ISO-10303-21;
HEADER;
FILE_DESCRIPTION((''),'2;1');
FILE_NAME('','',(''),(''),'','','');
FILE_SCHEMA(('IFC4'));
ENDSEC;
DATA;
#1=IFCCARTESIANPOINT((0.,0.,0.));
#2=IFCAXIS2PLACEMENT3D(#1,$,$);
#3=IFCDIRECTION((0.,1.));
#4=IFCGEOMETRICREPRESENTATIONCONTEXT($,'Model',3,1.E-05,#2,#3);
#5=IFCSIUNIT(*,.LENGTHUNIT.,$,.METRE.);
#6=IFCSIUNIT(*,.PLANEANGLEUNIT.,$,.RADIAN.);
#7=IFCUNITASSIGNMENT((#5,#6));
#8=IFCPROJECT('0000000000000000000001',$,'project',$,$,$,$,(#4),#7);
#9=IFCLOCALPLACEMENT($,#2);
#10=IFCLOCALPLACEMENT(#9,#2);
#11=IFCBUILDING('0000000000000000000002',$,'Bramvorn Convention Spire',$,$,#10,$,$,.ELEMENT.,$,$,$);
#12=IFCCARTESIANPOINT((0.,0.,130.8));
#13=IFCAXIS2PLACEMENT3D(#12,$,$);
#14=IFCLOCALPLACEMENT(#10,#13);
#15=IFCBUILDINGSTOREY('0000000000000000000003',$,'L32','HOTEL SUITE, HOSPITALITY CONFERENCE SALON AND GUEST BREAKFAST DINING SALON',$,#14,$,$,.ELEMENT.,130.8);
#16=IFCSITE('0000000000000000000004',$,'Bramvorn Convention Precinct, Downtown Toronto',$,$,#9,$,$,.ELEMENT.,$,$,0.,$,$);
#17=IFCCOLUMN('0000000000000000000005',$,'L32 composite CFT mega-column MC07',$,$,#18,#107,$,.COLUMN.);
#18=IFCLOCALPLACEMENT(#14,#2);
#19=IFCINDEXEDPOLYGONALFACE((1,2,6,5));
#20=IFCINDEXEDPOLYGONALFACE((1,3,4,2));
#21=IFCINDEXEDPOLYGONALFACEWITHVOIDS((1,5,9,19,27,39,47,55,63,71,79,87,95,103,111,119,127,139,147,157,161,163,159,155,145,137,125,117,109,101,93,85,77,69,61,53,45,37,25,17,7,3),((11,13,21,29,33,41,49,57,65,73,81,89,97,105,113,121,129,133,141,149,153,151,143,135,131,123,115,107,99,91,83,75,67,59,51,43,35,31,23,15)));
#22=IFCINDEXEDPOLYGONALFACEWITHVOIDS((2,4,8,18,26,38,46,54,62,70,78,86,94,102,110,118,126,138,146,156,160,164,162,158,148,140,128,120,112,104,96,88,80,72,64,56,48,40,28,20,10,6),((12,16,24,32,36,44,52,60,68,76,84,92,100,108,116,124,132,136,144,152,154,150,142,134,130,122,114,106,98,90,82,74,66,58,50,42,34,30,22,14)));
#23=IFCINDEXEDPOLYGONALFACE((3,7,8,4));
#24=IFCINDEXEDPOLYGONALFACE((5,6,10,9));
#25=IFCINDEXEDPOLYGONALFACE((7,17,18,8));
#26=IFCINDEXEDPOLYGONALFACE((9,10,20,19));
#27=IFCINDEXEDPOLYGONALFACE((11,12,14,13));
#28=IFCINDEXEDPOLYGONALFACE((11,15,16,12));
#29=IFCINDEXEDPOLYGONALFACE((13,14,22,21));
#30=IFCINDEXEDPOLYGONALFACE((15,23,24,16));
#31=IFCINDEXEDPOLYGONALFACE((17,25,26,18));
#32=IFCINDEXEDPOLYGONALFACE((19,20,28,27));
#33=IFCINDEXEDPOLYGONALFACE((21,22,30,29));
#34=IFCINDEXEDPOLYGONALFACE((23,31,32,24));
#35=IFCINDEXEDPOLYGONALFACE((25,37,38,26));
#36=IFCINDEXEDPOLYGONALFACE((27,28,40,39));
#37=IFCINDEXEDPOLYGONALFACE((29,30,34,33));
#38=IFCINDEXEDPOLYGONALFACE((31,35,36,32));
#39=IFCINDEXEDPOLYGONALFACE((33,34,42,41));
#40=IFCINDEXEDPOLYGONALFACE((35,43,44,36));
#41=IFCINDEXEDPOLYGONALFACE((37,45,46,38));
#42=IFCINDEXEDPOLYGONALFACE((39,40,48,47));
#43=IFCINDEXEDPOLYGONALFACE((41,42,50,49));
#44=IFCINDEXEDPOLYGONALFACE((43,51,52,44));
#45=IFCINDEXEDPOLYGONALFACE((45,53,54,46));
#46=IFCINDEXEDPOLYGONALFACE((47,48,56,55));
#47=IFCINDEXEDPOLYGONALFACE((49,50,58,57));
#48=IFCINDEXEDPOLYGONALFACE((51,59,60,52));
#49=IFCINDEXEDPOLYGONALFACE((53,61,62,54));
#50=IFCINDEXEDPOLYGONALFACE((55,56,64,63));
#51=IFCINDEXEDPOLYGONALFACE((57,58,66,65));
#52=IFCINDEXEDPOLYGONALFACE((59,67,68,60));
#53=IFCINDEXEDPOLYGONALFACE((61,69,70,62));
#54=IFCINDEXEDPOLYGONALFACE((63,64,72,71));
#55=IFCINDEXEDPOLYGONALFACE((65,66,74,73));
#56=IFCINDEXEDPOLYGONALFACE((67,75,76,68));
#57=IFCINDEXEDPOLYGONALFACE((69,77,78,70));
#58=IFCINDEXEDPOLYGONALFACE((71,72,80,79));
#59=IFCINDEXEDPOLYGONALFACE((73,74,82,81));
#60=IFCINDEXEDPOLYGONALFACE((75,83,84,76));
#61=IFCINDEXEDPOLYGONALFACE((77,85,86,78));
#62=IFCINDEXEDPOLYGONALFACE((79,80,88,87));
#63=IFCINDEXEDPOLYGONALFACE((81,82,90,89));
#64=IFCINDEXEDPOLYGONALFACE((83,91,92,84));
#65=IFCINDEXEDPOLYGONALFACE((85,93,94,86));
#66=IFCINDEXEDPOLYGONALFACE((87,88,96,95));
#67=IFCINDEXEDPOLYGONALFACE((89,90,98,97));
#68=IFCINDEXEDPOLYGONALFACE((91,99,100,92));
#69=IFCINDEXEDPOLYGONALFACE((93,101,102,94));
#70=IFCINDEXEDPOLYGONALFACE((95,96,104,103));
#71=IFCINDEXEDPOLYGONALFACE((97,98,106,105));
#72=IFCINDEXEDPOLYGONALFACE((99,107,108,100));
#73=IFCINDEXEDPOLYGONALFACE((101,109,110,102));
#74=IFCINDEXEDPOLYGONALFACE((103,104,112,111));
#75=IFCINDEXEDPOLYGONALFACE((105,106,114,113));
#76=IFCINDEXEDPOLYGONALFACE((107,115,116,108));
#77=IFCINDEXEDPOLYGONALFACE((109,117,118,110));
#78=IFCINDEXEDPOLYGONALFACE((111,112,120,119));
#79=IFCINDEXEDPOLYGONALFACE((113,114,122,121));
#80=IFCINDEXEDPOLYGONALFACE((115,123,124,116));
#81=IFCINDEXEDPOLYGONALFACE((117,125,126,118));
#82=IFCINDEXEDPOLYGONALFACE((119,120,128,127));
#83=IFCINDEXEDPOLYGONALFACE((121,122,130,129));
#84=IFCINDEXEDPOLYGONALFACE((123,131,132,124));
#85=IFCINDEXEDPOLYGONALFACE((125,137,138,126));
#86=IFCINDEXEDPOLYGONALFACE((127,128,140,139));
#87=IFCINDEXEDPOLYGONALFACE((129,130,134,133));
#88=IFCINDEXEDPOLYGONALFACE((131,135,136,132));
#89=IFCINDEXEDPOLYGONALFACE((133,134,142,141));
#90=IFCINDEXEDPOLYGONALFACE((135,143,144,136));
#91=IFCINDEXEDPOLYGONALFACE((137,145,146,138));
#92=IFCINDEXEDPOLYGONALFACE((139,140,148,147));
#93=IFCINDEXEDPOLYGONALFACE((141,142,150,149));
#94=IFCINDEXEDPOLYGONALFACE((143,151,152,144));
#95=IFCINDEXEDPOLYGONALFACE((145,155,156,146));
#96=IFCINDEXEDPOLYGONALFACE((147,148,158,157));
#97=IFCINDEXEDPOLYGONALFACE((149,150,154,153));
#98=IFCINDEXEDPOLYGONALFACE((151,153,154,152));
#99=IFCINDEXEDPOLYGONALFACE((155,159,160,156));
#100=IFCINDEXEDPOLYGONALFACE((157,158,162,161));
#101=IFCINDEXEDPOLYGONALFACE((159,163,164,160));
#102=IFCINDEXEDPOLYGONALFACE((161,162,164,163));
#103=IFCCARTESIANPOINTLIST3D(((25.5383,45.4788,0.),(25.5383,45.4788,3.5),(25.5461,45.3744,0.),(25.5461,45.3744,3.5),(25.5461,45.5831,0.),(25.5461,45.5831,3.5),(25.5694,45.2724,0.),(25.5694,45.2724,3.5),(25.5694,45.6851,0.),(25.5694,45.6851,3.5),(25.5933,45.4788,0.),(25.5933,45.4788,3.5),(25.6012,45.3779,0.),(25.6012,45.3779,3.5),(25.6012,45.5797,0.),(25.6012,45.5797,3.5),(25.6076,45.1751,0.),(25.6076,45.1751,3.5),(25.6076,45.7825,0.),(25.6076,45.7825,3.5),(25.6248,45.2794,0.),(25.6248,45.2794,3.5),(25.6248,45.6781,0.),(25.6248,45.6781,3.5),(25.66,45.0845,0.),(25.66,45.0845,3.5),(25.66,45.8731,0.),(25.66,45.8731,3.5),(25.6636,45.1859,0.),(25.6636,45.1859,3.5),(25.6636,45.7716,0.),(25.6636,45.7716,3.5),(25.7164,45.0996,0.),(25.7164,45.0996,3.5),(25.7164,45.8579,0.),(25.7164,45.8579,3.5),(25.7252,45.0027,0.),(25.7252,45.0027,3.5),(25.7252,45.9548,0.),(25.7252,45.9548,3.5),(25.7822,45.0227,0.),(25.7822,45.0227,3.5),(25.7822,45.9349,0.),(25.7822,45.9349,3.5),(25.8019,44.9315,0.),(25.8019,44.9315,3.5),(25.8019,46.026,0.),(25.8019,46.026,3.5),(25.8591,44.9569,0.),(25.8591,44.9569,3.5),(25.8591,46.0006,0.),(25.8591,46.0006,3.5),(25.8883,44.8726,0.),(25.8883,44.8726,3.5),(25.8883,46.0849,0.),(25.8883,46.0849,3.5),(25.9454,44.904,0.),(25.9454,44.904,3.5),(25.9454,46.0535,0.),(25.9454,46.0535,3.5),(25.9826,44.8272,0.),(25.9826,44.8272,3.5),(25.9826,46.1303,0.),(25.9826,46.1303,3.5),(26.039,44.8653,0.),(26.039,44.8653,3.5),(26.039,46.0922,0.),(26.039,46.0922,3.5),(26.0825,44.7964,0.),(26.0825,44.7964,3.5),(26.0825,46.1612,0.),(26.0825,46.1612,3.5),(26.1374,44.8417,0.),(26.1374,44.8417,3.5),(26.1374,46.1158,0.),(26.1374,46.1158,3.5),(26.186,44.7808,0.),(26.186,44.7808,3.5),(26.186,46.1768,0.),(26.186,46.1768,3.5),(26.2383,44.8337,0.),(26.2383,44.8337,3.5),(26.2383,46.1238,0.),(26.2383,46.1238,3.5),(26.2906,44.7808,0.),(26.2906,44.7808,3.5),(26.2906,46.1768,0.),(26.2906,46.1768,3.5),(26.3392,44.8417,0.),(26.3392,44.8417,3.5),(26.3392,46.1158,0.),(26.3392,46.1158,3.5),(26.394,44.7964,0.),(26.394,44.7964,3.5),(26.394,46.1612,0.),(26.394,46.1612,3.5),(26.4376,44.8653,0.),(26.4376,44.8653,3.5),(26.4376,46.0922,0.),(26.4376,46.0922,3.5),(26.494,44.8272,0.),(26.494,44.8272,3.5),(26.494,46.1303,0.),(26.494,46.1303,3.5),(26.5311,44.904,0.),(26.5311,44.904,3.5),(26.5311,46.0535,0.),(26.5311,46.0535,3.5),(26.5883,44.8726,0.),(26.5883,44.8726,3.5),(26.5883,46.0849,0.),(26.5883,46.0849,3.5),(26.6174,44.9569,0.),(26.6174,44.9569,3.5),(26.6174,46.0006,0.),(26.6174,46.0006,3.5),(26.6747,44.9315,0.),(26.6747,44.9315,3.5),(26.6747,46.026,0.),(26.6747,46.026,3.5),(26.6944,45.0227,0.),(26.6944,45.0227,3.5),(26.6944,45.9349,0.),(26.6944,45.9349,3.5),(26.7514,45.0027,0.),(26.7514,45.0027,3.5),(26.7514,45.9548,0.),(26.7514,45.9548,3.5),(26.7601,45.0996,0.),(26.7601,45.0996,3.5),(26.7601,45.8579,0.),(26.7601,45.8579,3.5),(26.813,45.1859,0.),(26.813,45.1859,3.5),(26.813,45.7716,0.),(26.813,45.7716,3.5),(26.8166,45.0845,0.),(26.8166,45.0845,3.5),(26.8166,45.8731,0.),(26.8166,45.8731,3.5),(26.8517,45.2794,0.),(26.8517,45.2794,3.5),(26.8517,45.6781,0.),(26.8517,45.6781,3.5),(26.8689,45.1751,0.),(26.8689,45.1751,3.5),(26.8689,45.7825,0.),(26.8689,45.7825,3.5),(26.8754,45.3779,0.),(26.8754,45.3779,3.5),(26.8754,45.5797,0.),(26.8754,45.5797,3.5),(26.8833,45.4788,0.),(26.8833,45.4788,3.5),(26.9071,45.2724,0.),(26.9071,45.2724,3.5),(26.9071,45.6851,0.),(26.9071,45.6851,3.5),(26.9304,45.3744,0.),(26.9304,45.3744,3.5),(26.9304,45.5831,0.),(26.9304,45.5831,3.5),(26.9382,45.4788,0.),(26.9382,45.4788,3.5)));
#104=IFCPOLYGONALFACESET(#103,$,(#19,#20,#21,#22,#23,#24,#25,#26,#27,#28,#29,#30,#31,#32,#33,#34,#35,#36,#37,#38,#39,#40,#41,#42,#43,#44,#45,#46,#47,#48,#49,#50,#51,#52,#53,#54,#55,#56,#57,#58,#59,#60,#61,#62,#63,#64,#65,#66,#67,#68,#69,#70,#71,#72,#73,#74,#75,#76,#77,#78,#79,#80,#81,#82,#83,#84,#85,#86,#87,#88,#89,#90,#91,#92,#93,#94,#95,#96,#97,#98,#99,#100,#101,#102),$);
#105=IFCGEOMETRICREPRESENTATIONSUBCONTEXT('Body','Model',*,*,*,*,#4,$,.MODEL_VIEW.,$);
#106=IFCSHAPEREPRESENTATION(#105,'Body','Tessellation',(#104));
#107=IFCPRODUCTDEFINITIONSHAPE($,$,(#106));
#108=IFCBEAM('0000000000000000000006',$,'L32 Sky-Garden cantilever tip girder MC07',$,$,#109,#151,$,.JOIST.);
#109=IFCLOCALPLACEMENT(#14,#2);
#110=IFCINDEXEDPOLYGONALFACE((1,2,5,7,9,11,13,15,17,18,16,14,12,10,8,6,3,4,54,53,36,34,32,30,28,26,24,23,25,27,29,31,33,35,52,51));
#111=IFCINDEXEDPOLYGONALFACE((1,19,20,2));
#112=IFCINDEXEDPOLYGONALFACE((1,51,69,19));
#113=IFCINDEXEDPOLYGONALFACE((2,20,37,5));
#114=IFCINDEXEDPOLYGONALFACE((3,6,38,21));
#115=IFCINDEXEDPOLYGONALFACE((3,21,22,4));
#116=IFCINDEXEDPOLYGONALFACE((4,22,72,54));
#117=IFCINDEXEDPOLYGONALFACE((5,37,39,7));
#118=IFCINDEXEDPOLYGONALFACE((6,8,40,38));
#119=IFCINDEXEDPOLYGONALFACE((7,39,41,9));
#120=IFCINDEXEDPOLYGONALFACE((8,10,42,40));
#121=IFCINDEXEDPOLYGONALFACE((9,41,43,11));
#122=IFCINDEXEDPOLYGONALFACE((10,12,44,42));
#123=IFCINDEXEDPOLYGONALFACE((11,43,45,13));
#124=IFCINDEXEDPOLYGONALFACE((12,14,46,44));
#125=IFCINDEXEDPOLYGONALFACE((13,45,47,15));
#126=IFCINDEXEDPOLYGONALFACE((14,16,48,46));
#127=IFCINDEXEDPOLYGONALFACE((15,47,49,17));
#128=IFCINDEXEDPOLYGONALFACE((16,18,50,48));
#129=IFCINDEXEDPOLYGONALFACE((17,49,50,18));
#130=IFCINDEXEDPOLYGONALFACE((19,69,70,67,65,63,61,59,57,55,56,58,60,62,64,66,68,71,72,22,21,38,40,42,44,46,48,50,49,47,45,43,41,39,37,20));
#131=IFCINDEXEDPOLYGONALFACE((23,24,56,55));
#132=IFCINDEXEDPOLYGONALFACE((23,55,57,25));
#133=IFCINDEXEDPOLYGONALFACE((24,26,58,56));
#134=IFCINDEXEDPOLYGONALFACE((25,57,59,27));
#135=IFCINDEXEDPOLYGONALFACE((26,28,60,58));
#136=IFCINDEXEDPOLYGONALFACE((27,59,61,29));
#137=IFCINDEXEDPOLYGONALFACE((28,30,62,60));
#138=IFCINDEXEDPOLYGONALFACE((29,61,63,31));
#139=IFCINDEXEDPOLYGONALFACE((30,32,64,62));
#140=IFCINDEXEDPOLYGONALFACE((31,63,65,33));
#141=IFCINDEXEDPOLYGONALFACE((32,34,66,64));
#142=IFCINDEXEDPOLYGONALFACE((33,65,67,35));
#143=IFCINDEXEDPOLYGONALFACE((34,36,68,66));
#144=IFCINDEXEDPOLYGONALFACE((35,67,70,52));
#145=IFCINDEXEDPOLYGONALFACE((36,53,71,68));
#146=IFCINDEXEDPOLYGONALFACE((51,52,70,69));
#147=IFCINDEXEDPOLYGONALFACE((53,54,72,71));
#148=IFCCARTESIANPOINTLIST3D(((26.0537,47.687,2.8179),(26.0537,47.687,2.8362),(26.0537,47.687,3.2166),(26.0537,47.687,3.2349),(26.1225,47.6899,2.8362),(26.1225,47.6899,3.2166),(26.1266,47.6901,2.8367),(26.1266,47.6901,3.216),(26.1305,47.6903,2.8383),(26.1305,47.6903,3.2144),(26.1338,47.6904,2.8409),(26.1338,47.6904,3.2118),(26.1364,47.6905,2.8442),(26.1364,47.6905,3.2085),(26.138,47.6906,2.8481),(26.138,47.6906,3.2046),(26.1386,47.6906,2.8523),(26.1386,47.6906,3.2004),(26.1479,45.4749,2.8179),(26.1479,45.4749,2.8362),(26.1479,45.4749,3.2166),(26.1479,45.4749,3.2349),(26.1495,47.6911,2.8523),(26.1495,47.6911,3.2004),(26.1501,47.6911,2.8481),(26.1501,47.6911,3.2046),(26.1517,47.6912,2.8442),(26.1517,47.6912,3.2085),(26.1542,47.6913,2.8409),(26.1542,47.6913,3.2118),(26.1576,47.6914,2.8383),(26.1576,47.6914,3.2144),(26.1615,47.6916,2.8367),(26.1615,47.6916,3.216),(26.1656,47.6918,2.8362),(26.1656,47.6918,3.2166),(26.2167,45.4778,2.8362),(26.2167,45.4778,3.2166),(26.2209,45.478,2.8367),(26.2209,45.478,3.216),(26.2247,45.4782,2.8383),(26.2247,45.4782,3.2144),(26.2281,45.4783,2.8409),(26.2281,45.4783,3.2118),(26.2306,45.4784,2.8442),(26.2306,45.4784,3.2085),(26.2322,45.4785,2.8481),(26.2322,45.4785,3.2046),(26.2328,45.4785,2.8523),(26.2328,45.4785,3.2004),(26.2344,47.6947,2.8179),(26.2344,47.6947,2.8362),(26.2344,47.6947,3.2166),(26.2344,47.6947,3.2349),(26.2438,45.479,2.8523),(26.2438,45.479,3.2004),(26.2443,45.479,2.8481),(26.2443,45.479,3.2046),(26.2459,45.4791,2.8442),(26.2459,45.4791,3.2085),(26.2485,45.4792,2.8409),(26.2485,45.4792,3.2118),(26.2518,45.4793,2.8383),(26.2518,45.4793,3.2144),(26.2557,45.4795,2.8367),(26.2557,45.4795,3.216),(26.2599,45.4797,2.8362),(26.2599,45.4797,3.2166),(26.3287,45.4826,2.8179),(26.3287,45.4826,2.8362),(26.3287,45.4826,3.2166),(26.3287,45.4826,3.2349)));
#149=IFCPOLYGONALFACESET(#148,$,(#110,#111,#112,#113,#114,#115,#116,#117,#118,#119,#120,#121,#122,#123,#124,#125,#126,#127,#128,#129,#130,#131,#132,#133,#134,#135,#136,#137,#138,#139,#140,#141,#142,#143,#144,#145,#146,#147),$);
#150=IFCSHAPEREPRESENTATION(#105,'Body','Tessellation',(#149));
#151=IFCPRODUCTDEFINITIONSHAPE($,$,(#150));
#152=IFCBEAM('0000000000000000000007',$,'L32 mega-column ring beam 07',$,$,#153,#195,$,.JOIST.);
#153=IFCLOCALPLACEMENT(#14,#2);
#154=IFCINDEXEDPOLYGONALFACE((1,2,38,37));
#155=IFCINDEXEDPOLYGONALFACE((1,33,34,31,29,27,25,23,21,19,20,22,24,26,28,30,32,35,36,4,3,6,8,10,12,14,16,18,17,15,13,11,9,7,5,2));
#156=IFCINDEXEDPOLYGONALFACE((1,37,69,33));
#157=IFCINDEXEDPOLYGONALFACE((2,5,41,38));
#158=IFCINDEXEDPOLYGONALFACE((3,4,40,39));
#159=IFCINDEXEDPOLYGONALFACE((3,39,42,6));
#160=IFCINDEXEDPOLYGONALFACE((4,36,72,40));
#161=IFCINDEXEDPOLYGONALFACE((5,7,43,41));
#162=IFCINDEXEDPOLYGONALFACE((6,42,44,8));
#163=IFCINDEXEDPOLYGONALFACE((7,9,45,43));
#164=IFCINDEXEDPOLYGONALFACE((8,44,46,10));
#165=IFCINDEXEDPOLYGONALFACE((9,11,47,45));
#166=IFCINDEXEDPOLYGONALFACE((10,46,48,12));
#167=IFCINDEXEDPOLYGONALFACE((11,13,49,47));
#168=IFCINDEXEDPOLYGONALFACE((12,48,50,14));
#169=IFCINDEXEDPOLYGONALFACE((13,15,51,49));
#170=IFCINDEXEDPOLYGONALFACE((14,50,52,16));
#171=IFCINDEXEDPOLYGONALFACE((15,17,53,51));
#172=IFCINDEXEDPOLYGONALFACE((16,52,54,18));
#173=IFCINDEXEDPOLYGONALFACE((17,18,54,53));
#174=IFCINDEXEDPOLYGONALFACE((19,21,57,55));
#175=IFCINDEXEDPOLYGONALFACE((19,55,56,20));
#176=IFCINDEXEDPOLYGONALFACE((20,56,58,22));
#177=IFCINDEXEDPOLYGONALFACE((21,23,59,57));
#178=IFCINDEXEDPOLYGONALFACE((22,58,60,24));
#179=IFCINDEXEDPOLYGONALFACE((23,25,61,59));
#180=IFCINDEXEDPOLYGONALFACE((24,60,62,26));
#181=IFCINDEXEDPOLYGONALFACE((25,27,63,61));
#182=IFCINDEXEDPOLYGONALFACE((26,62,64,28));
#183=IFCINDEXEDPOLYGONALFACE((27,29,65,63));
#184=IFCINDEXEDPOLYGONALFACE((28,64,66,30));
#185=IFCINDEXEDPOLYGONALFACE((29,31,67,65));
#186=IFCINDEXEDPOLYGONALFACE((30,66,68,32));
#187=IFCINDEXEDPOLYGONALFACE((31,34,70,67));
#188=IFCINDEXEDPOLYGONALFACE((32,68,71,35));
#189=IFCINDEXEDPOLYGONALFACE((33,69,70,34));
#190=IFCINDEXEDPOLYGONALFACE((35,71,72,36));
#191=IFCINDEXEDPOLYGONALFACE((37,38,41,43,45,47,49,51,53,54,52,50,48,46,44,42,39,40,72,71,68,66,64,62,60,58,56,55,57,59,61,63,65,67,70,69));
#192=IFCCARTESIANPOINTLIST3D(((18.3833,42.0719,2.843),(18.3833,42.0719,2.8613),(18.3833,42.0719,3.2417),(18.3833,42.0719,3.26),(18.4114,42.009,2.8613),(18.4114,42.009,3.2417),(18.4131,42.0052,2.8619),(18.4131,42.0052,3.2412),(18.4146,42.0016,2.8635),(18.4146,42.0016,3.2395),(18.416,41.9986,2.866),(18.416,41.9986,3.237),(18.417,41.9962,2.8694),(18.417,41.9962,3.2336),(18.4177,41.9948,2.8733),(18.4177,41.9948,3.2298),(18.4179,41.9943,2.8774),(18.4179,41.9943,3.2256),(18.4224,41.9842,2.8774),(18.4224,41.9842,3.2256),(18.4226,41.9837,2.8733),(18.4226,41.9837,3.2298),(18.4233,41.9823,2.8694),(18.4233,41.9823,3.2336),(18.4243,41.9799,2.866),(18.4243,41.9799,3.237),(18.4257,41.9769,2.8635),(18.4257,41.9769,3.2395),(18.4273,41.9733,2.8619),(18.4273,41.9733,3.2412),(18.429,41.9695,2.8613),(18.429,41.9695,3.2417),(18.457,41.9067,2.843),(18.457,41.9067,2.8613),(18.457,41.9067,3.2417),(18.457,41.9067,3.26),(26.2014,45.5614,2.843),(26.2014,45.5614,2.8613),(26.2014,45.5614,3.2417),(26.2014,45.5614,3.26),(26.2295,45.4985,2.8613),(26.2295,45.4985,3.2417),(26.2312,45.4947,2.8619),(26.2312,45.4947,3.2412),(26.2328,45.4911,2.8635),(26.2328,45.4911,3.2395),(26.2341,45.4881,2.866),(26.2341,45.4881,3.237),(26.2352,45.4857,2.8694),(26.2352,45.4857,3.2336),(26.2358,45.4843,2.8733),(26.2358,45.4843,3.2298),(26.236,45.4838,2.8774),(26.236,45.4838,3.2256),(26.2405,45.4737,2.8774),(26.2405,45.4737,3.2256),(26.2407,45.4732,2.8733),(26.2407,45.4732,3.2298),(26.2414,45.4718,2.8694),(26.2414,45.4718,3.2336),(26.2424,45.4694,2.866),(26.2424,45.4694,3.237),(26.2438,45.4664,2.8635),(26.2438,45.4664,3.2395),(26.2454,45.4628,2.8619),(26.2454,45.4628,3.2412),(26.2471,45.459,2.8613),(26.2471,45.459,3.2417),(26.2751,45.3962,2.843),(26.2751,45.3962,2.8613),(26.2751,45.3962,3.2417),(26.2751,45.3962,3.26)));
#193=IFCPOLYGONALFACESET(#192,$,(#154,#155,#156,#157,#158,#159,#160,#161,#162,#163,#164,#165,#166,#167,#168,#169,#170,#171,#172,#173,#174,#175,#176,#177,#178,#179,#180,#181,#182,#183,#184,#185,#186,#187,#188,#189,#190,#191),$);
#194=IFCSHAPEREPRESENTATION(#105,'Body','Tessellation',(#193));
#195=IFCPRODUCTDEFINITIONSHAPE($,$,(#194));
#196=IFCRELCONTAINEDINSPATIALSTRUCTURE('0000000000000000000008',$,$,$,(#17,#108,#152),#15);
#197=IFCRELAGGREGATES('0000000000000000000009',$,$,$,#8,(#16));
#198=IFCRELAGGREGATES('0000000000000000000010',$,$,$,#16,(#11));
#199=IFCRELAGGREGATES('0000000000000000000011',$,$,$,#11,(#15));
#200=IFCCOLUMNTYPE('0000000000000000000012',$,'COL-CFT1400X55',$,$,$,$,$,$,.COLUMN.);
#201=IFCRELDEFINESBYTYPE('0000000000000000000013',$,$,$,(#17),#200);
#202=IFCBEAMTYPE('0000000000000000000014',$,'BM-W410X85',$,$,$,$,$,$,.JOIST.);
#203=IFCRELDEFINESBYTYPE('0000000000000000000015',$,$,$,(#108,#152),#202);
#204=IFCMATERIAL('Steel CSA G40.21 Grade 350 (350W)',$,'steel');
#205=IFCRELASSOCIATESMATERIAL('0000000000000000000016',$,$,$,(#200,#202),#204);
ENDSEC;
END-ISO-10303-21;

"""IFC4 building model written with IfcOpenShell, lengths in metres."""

from ifc_helpers import new_model, si_unit, direction, frame, origin, origin_2d, place, context, subcontext, project, spatial, hollow_circle, i_section, extrude, material, material_profile, profile_set, type_object, element, save


model = new_model("IFC4")

# Units and contexts
model_context = context("Model", 3, precision=1e-05, world=origin(), true_north=direction((0.0, 1.0)))
body_context = subcontext(model_context, "Body", "Model", "MODEL_VIEW")
ifc_project = project(units=[si_unit("LENGTHUNIT", "METRE"), si_unit("PLANEANGLEUNIT", "RADIAN")], contexts=[model_context])

# Site, building, storey
site_placement = place(None, origin())
site = spatial("IfcSite", under=ifc_project, at=site_placement, Name="Bramvorn Convention Precinct, Downtown Toronto", CompositionType="ELEMENT", RefElevation=0.0)
building_placement = place(site_placement, origin())
building = spatial("IfcBuilding", under=site, at=building_placement, Name="Bramvorn Convention Spire", CompositionType="ELEMENT")
storey_placement = place(building_placement, frame((0.0, 0.0, 130.8)))
storey = spatial("IfcBuildingStorey", under=building, at=storey_placement, Name="L32", Description="HOTEL SUITE, HOSPITALITY CONFERENCE SALON AND GUEST BREAKFAST DINING SALON", CompositionType="ELEMENT", Elevation=130.8)

# Column
ifc_material_1 = material(Name="Steel CSA G40.21 Grade 350 (350W)", Category="steel")
ifc_material_profile_1 = material_profile(ifc_material_1, hollow_circle(Radius=0.7, WallThickness=0.0549, at=origin_2d()))
ifc_profile_set_1 = profile_set([ifc_material_profile_1], Name="Steel CSA G40.21 Grade 350 (350W) - CFT1400X55")
column_type = type_object("IfcColumnType", Name="COL-CFT1400X55", PredefinedType="COLUMN", material=ifc_profile_set_1)
column_placement = place(storey_placement, frame((26.2383, 45.4788, 0.0), z_axis=(0.0, 0.0, 1.0), x_axis=(1.0, 0.0, 0.0)))
element("IfcColumn", 1, at=column_placement, inside=storey, type_object=column_type, Name="L32 composite CFT mega-column MC07", PredefinedType="COLUMN", context=body_context, shape_type="SweptSolid", body=[
    extrude(hollow_circle(Radius=0.7, WallThickness=0.0549, at=origin_2d()), origin(), (0.0, 0.0, 1.0), 3.5),
])

# Beams
ifc_material_profile_2 = material_profile(ifc_material_1, i_section(OverallWidth=0.1809, OverallDepth=0.417, WebThickness=0.011, FlangeThickness=0.0183, FilletRadius=0.0161, at=origin_2d()))
ifc_profile_set_2 = profile_set([ifc_material_profile_2], Name="Steel CSA G40.21 Grade 350 (350W) - W410X85")
beam_type = type_object("IfcBeamType", Name="BM-W410X85", PredefinedType="JOIST", material=ifc_profile_set_2)
beam_1_placement = place(storey_placement, frame((26.2383, 45.4788, 3.0264), z_axis=(-0.042562, 0.999094, 0.0), x_axis=(-0.999094, -0.042562, 0.0)))
element("IfcBeam", 2, at=beam_1_placement, inside=storey, type_object=beam_type, Name="L32 Sky-Garden cantilever tip girder MC07", PredefinedType="JOIST", context=body_context, shape_type="SweptSolid", body=[
    extrude(i_section(OverallWidth=0.1809, OverallDepth=0.417, WebThickness=0.011, FlangeThickness=0.0183, FilletRadius=0.0161, at=origin_2d()), origin(), (0.0, 0.0, 1.0), 2.2141),
])
beam_2_placement = place(storey_placement, frame((26.2383, 45.4788, 3.0515), z_axis=(-0.91317, -0.40758, 0.0), x_axis=(0.40758, -0.91317, 0.0)))
element("IfcBeam", 3, at=beam_2_placement, inside=storey, type_object=beam_type, Name="L32 mega-column ring beam 07", PredefinedType="JOIST", context=body_context, shape_type="SweptSolid", body=[
    extrude(i_section(OverallWidth=0.1809, OverallDepth=0.417, WebThickness=0.011, FlangeThickness=0.0183, FilletRadius=0.0161, at=origin_2d()), origin(), (0.0, 0.0, 1.0), 8.5615),
])

save(model, "model.ifc")
